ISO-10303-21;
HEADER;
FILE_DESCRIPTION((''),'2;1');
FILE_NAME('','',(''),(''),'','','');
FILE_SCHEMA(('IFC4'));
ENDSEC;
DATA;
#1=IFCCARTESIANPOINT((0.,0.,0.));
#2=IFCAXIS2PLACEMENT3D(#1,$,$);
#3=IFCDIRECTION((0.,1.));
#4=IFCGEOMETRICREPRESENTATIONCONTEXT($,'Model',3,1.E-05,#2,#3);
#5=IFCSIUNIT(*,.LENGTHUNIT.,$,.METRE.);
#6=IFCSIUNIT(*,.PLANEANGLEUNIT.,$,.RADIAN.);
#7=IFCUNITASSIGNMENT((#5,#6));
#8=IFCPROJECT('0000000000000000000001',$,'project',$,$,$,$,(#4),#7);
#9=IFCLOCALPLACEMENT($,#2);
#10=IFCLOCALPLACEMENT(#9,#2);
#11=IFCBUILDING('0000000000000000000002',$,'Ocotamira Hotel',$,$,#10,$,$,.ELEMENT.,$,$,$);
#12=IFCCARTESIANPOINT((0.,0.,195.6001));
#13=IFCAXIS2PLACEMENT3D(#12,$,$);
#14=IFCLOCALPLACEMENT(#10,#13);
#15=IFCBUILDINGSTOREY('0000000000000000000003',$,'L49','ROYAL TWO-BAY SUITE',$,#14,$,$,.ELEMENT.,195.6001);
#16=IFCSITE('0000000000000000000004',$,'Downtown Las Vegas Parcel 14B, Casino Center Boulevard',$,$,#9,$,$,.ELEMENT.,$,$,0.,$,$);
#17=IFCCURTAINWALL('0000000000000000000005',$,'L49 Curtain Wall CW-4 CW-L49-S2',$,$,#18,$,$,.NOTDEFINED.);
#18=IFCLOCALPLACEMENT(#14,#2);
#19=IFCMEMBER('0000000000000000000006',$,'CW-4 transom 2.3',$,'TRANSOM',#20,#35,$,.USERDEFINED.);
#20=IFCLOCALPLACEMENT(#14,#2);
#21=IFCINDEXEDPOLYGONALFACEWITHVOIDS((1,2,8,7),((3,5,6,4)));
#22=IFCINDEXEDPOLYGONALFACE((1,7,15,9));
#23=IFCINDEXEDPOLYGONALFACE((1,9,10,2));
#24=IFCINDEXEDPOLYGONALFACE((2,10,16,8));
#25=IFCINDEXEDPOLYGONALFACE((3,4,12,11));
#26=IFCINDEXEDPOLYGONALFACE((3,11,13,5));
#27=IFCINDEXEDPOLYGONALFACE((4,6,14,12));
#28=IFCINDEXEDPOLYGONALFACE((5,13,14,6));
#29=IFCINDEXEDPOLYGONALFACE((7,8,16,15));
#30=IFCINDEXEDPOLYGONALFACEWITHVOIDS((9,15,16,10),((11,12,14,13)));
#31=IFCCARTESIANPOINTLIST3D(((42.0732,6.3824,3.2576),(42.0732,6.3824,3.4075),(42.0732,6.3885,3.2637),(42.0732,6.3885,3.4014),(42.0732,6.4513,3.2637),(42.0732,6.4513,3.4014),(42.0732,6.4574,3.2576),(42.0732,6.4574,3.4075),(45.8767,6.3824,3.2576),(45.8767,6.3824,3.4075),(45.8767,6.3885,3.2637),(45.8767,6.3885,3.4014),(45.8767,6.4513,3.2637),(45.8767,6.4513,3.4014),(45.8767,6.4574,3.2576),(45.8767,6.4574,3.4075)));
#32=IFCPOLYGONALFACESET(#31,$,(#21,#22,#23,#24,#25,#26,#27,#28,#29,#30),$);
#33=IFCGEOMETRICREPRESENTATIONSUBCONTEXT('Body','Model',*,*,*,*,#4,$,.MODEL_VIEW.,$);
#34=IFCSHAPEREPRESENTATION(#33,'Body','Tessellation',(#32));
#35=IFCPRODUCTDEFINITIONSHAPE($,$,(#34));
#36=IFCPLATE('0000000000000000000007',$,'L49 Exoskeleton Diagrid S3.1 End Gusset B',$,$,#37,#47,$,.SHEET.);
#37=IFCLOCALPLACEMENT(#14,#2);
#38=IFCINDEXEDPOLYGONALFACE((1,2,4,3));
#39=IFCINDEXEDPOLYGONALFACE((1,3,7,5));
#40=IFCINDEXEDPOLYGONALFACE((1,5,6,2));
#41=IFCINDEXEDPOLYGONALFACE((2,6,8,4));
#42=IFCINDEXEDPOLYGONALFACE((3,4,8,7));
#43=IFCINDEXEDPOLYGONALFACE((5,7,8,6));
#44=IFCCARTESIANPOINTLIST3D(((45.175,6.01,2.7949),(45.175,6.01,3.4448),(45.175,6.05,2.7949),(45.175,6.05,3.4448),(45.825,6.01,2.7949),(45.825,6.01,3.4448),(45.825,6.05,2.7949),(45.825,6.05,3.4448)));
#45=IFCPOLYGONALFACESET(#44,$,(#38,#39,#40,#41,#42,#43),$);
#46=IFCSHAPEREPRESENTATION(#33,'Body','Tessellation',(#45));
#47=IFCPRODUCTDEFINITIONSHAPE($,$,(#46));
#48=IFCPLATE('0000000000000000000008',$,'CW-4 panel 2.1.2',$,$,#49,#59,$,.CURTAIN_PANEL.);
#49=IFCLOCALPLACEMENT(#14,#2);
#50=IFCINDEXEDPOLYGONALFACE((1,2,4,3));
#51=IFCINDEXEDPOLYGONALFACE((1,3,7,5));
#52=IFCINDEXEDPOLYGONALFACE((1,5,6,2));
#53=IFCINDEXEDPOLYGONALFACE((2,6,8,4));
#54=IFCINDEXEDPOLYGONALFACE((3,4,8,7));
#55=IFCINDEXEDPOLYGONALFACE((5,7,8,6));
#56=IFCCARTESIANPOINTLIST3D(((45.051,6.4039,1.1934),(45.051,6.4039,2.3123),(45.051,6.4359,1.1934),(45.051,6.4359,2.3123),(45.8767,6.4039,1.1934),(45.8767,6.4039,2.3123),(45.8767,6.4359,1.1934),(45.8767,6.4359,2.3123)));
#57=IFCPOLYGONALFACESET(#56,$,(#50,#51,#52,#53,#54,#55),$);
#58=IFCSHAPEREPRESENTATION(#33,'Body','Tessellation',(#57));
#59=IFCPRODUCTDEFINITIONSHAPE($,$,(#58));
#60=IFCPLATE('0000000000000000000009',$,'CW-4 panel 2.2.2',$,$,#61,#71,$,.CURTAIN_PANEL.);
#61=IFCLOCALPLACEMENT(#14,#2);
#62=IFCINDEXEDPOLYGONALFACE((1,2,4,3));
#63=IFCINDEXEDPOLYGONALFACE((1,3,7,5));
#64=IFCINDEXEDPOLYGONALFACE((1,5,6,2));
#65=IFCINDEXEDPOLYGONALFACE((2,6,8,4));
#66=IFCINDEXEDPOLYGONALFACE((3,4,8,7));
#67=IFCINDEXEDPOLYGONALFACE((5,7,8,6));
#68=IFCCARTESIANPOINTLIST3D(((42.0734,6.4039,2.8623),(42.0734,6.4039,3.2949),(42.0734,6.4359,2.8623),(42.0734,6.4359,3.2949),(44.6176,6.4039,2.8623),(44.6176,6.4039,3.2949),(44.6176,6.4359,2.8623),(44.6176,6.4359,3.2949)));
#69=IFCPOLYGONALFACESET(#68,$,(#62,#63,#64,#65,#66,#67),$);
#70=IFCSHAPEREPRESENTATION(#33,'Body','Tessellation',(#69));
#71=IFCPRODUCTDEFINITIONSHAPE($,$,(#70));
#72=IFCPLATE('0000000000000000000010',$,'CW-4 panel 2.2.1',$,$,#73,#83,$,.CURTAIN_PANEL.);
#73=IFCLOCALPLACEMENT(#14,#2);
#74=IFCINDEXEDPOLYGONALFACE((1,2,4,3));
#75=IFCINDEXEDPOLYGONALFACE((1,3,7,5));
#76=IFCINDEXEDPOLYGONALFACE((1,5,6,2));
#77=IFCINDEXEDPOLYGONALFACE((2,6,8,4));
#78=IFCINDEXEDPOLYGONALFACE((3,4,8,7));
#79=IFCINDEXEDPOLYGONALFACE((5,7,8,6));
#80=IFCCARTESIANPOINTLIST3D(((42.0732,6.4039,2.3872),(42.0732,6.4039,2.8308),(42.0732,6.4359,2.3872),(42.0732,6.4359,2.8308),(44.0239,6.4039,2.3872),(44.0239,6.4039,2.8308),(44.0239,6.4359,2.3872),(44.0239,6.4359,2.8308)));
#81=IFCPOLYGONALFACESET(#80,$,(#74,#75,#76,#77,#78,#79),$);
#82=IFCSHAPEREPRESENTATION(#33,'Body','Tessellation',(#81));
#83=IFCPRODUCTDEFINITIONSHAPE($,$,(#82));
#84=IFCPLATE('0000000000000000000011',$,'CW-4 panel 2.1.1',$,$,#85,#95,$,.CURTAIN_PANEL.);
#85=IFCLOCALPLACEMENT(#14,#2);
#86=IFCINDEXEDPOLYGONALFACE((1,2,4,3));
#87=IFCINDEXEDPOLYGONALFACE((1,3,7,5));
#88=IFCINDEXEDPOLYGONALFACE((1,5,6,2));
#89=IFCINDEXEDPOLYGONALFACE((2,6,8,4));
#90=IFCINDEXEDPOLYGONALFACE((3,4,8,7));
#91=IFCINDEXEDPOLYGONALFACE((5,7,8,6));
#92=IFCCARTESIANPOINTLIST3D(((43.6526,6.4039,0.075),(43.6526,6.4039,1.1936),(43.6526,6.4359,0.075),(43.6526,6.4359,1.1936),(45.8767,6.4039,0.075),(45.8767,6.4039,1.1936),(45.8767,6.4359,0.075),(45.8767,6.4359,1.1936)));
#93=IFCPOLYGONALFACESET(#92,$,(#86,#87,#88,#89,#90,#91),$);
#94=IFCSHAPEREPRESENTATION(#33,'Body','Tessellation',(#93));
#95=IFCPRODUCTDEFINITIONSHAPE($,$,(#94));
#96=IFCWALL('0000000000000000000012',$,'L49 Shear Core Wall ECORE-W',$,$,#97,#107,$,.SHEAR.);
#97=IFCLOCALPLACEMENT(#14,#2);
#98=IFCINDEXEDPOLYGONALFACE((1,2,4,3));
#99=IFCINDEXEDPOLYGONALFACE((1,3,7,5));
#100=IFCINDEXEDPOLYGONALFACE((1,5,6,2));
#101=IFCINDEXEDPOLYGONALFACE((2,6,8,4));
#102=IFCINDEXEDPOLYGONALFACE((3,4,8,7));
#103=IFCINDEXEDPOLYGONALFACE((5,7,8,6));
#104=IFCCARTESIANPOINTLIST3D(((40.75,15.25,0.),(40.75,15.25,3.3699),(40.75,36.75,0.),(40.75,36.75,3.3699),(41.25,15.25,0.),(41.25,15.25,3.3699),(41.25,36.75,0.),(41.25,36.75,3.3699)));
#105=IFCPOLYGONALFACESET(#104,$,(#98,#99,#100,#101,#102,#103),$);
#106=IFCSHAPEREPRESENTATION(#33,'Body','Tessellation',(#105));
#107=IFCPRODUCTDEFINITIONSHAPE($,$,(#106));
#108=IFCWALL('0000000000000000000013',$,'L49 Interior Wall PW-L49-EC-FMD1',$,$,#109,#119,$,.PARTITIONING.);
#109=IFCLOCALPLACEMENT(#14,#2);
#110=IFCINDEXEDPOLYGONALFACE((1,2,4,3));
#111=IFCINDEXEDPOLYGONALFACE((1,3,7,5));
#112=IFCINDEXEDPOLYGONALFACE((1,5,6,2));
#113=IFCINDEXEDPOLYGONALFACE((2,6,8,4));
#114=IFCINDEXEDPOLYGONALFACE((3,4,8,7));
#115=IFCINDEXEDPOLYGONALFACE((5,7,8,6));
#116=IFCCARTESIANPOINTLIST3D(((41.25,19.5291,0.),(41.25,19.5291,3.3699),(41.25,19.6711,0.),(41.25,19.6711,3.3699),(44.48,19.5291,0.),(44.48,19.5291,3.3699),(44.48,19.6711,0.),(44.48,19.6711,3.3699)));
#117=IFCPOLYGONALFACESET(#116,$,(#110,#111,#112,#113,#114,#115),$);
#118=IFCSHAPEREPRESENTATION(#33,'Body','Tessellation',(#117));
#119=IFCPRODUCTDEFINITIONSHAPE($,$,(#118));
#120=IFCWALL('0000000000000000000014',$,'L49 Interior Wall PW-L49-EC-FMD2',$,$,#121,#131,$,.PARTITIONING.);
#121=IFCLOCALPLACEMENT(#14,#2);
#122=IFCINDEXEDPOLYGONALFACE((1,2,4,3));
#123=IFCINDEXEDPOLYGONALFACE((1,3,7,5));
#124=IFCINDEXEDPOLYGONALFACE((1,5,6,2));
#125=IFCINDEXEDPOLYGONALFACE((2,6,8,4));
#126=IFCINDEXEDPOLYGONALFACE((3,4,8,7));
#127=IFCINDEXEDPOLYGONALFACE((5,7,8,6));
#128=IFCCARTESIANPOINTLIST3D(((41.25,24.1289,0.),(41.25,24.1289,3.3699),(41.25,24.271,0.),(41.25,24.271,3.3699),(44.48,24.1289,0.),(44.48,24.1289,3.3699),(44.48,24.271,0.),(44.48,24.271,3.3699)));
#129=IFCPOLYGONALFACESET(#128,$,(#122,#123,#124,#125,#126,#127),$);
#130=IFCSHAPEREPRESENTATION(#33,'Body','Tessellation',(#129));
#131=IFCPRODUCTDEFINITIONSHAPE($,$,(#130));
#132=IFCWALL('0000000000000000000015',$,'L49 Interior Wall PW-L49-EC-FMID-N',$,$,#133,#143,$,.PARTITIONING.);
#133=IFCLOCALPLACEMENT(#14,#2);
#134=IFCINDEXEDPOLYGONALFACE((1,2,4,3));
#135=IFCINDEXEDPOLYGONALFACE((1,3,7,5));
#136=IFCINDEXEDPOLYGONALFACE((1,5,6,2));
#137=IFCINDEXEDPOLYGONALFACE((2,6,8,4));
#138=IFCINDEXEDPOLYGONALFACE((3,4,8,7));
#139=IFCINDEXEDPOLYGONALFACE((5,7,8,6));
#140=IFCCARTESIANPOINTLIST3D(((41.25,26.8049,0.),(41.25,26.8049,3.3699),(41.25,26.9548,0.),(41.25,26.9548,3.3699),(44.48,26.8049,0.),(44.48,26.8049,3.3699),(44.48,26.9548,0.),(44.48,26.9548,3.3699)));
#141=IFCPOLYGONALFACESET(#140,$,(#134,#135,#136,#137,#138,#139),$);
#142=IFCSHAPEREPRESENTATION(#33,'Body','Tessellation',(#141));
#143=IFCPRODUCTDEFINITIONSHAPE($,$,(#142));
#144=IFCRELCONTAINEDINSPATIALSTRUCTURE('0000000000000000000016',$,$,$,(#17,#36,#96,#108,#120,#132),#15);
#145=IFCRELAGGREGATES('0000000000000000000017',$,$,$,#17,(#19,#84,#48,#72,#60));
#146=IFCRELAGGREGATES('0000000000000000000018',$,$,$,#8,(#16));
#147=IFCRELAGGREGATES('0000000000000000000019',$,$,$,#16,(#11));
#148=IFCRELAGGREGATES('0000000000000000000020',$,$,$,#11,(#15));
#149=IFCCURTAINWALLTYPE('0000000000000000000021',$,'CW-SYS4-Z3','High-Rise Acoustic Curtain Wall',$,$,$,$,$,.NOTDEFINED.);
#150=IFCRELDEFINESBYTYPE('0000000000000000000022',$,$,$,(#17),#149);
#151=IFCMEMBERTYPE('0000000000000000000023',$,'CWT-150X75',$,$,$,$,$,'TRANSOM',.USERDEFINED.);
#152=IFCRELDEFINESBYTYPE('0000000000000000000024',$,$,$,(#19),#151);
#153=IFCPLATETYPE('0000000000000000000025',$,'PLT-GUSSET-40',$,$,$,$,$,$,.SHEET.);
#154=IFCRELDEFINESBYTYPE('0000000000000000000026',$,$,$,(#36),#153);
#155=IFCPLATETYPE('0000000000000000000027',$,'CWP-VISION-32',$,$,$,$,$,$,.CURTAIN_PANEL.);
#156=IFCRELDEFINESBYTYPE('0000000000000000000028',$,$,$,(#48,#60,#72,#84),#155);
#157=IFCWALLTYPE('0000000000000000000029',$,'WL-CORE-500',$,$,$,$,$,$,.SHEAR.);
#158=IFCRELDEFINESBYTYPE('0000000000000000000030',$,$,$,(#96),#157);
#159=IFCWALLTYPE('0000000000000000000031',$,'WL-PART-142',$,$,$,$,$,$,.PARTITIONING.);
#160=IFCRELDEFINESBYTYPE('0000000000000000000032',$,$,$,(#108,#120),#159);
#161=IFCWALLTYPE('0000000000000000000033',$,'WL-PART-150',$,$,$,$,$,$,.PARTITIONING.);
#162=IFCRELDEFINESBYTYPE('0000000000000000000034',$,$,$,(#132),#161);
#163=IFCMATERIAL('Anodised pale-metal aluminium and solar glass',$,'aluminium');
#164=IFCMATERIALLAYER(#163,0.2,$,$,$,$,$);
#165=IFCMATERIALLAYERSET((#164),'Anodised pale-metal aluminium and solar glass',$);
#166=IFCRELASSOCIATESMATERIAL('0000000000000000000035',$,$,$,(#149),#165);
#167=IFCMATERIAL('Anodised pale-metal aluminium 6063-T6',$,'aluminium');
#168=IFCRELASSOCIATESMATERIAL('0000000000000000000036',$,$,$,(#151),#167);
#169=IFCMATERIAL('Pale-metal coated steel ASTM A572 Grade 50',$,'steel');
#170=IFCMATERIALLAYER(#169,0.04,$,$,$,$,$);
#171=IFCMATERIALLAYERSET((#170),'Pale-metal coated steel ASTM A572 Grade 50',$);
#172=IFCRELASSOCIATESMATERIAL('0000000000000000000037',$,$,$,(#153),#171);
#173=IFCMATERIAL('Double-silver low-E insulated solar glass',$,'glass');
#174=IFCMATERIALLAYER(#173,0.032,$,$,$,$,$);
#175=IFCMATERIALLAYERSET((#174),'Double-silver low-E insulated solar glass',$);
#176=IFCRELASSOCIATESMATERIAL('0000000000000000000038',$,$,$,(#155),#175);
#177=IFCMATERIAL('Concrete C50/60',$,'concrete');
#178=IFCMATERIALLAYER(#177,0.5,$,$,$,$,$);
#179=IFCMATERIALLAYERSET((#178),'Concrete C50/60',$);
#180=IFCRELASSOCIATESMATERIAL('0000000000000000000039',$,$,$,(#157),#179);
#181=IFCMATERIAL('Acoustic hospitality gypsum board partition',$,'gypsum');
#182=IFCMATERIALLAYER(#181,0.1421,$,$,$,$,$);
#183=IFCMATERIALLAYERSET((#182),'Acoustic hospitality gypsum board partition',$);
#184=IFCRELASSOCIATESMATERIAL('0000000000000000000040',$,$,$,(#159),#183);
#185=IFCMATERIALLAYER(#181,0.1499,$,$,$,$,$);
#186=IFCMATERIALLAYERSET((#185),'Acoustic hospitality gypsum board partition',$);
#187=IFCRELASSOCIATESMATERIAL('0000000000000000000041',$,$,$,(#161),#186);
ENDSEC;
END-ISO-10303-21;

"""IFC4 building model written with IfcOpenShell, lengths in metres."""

from ifc_helpers import new_model, si_unit, direction, frame, frame_2d, origin, origin_2d, place, context, subcontext, project, spatial, rectangle, hollow_rectangle, extrude, source, transform, mapped, material, layer, layer_set, material_profile, profile_set, type_object, element, aggregate, save


model = new_model("IFC4")

# Units and contexts
model_context = context("Model", 3, precision=1e-05, world=origin(), true_north=direction((0.0, 1.0)))
body_context = subcontext(model_context, "Body", "Model", "MODEL_VIEW")
ifc_project = project(units=[si_unit("LENGTHUNIT", "METRE"), si_unit("PLANEANGLEUNIT", "RADIAN")], contexts=[model_context])

# Site, building, storey
site_placement = place(None, origin())
site = spatial("IfcSite", under=ifc_project, at=site_placement, Name="Downtown Las Vegas Parcel 14B, Casino Center Boulevard", CompositionType="ELEMENT", RefElevation=0.0)
building_placement = place(site_placement, origin())
building = spatial("IfcBuilding", under=site, at=building_placement, Name="Ocotamira Hotel", CompositionType="ELEMENT")
storey_placement = place(building_placement, frame((0.0, 0.0, 195.6001)))
storey = spatial("IfcBuildingStorey", under=building, at=storey_placement, Name="L49", Description="ROYAL TWO-BAY SUITE", CompositionType="ELEMENT", Elevation=195.6001)

# Curtain wall, member
ifc_material_1 = material(Name="Anodised pale-metal aluminium and solar glass", Category="aluminium")
ifc_layer_1 = layer(ifc_material_1, 0.2)
ifc_layer_set_1 = layer_set([ifc_layer_1], Name="Anodised pale-metal aluminium and solar glass")
curtain_wall_type = type_object("IfcCurtainWallType", Name="CW-SYS4-Z3", Description="High-Rise Acoustic Curtain Wall", PredefinedType="NOTDEFINED", material=ifc_layer_set_1)
curtain_wall_placement = place(storey_placement, origin())
curtain_wall = element("IfcCurtainWall", 1, at=curtain_wall_placement, inside=storey, type_object=curtain_wall_type, Name="L49 Curtain Wall CW-4 CW-L49-S2", PredefinedType="NOTDEFINED")
ifc_material_2 = material(Name="Anodised pale-metal aluminium 6063-T6", Category="aluminium")
ifc_material_profile_1 = material_profile(ifc_material_2, hollow_rectangle(XDim=0.075, YDim=0.1499, WallThickness=0.0061, at=origin_2d()), Name="HSS150X75X6")
ifc_profile_set_1 = profile_set([ifc_material_profile_1], Name="Anodised pale-metal aluminium 6063-T6")
member_type_1 = type_object("IfcMemberType", Name="CWT-150X75", ElementType="TRANSOM", PredefinedType="USERDEFINED", material=ifc_profile_set_1)
shared_shape_1 = source(origin(), body_context, "Body", "SweptSolid", [
    extrude(hollow_rectangle(XDim=0.075, YDim=0.1499, WallThickness=0.0061, at=origin_2d()), origin(), (0.0, 0.0, 1.0), 3.8035),
])
member_1_placement = place(storey_placement, frame((42.0732, 6.4199, 3.3325), z_axis=(1.0, 0.0, 0.0), x_axis=(0.0, 1.0, 0.0)))
member_1 = element("IfcMember", 2, at=member_1_placement, type_object=member_type_1, Name="CW-4 transom 2.3", ObjectType="TRANSOM", PredefinedType="USERDEFINED", context=body_context, shape_type="MappedRepresentation", body=[
    mapped(shared_shape_1, transform((0.0, 0.0, 0.0), scale=1.0)),
])

# Plates
ifc_material_3 = material(Name="Pale-metal coated steel ASTM A572 Grade 50", Category="steel")
ifc_layer_2 = layer(ifc_material_3, 0.04)
ifc_layer_set_2 = layer_set([ifc_layer_2], Name="Pale-metal coated steel ASTM A572 Grade 50")
plate_type_1 = type_object("IfcPlateType", Name="PLT-GUSSET-40", PredefinedType="SHEET", material=ifc_layer_set_2)
shared_shape_2 = source(origin(), body_context, "Body", "SweptSolid", [
    extrude(rectangle(XDim=0.6499, YDim=0.04, at=origin_2d()), origin(), (0.0, 0.0, 1.0), 0.6499),
])
plate_1_placement = place(storey_placement, frame((45.5, 6.03, 2.7949), z_axis=(0.0, 0.0, 1.0), x_axis=(1.0, 0.0, 0.0)))
element("IfcPlate", 3, at=plate_1_placement, inside=storey, type_object=plate_type_1, Name="L49 Exoskeleton Diagrid S3.1 End Gusset B", PredefinedType="SHEET", context=body_context, shape_type="MappedRepresentation", body=[
    mapped(shared_shape_2, transform((0.0, 0.0, 0.0), scale=1.0)),
])
ifc_material_4 = material(Name="Double-silver low-E insulated solar glass", Category="glass")
ifc_layer_3 = layer(ifc_material_4, 0.032)
ifc_layer_set_3 = layer_set([ifc_layer_3], Name="Double-silver low-E insulated solar glass")
plate_type_2 = type_object("IfcPlateType", Name="CWP-VISION-32", PredefinedType="CURTAIN_PANEL", material=ifc_layer_set_3)
shared_shape_3 = source(origin(), body_context, "Body", "SweptSolid", [
    extrude(rectangle(XDim=0.8257, YDim=0.032, at=origin_2d()), origin(), (0.0, 0.0, 1.0), 1.1189),
])
plate_2_placement = place(storey_placement, frame((45.4639, 6.4199, 1.1934), z_axis=(0.0, 0.0, 1.0), x_axis=(1.0, 0.0, 0.0)))
plate_2 = element("IfcPlate", 4, at=plate_2_placement, type_object=plate_type_2, Name="CW-4 panel 2.1.2", PredefinedType="CURTAIN_PANEL", context=body_context, shape_type="MappedRepresentation", body=[
    mapped(shared_shape_3, transform((0.0, 0.0, 0.0), scale=1.0)),
])
shared_shape_4 = source(origin(), body_context, "Body", "SweptSolid", [
    extrude(rectangle(XDim=2.5442, YDim=0.032, at=origin_2d()), origin(), (0.0, 0.0, 1.0), 0.4326),
])
plate_3_placement = place(storey_placement, frame((43.3455, 6.4199, 2.8623), z_axis=(0.0, 0.0, 1.0), x_axis=(1.0, 0.0, 0.0)))
plate_3 = element("IfcPlate", 5, at=plate_3_placement, type_object=plate_type_2, Name="CW-4 panel 2.2.2", PredefinedType="CURTAIN_PANEL", context=body_context, shape_type="MappedRepresentation", body=[
    mapped(shared_shape_4, transform((0.0, 0.0, 0.0), scale=1.0)),
])
shared_shape_5 = source(origin(), body_context, "Body", "SweptSolid", [
    extrude(rectangle(XDim=1.9507, YDim=0.032, at=origin_2d()), origin(), (0.0, 0.0, 1.0), 0.4436),
])
plate_4_placement = place(storey_placement, frame((43.0486, 6.4199, 2.3872), z_axis=(0.0, 0.0, 1.0), x_axis=(1.0, 0.0, 0.0)))
plate_4 = element("IfcPlate", 6, at=plate_4_placement, type_object=plate_type_2, Name="CW-4 panel 2.2.1", PredefinedType="CURTAIN_PANEL", context=body_context, shape_type="MappedRepresentation", body=[
    mapped(shared_shape_5, transform((0.0, 0.0, 0.0), scale=1.0)),
])
shared_shape_6 = source(origin(), body_context, "Body", "SweptSolid", [
    extrude(rectangle(XDim=2.2241, YDim=0.032, at=origin_2d()), origin(), (0.0, 0.0, 1.0), 1.1187),
])
plate_5_placement = place(storey_placement, frame((44.7646, 6.4199, 0.075), z_axis=(0.0, 0.0, 1.0), x_axis=(1.0, 0.0, 0.0)))
plate_5 = element("IfcPlate", 7, at=plate_5_placement, type_object=plate_type_2, Name="CW-4 panel 2.1.1", PredefinedType="CURTAIN_PANEL", context=body_context, shape_type="MappedRepresentation", body=[
    mapped(shared_shape_6, transform((0.0, 0.0, 0.0), scale=1.0)),
])
aggregate(curtain_wall, [member_1, plate_5, plate_2, plate_4, plate_3])

# Shared definitions
ifc_material_5 = material(Name="Concrete C50/60", Category="concrete")
ifc_layer_4 = layer(ifc_material_5, 0.5)
ifc_layer_set_4 = layer_set([ifc_layer_4], Name="Concrete C50/60")
wall_type_1 = type_object("IfcWallType", Name="WL-CORE-500", PredefinedType="SHEAR", material=ifc_layer_set_4)

# Walls
wall_1_placement = place(storey_placement, frame((41.0, 15.25, 0.0), z_axis=(0.0, 0.0, 1.0), x_axis=(0.0, 1.0, 0.0)))
element("IfcWall", 8, at=wall_1_placement, inside=storey, type_object=wall_type_1, Name="L49 Shear Core Wall ECORE-W", PredefinedType="SHEAR", context=body_context, shape_type="SweptSolid", body=[
    extrude(rectangle(XDim=21.5, YDim=0.5, at=frame_2d((10.75, 0.0))), origin(), (0.0, 0.0, 1.0), 3.3699),
])
ifc_material_6 = material(Name="Acoustic hospitality gypsum board partition", Category="gypsum")
ifc_layer_5 = layer(ifc_material_6, 0.1421)
ifc_layer_set_5 = layer_set([ifc_layer_5], Name="Acoustic hospitality gypsum board partition")
wall_type_2 = type_object("IfcWallType", Name="WL-PART-142", PredefinedType="PARTITIONING", material=ifc_layer_set_5)
for number, where, z_axis, x_axis, name in (
    (9, (41.25, 19.6001, 0.0), (0.0, 0.0, 1.0), (1.0, 0.0, 0.0), "L49 Interior Wall PW-L49-EC-FMD1"),
    (10, (41.25, 24.2, 0.0), (0.0, 0.0, 1.0), (1.0, 0.0, 0.0), "L49 Interior Wall PW-L49-EC-FMD2"),
):
    element("IfcWall", number, at=place(storey_placement, frame(where, z_axis=z_axis, x_axis=x_axis)), inside=storey, type_object=wall_type_2, Name=name, PredefinedType="PARTITIONING", context=body_context, shape_type="SweptSolid", body=[
        extrude(rectangle(XDim=3.23, YDim=0.1421, at=frame_2d((1.615, 0.0))), origin(), (0.0, 0.0, 1.0), 3.3699),
    ])
ifc_layer_6 = layer(ifc_material_6, 0.1499)
ifc_layer_set_6 = layer_set([ifc_layer_6], Name="Acoustic hospitality gypsum board partition")
wall_type_3 = type_object("IfcWallType", Name="WL-PART-150", PredefinedType="PARTITIONING", material=ifc_layer_set_6)
wall_2_placement = place(storey_placement, frame((41.25, 26.8799, 0.0), z_axis=(0.0, 0.0, 1.0), x_axis=(1.0, 0.0, 0.0)))
element("IfcWall", 11, at=wall_2_placement, inside=storey, type_object=wall_type_3, Name="L49 Interior Wall PW-L49-EC-FMID-N", PredefinedType="PARTITIONING", context=body_context, shape_type="SweptSolid", body=[
    extrude(rectangle(XDim=3.23, YDim=0.1499, at=frame_2d((1.615, 0.0))), origin(), (0.0, 0.0, 1.0), 3.3699),
])

save(model, "model.ifc")
